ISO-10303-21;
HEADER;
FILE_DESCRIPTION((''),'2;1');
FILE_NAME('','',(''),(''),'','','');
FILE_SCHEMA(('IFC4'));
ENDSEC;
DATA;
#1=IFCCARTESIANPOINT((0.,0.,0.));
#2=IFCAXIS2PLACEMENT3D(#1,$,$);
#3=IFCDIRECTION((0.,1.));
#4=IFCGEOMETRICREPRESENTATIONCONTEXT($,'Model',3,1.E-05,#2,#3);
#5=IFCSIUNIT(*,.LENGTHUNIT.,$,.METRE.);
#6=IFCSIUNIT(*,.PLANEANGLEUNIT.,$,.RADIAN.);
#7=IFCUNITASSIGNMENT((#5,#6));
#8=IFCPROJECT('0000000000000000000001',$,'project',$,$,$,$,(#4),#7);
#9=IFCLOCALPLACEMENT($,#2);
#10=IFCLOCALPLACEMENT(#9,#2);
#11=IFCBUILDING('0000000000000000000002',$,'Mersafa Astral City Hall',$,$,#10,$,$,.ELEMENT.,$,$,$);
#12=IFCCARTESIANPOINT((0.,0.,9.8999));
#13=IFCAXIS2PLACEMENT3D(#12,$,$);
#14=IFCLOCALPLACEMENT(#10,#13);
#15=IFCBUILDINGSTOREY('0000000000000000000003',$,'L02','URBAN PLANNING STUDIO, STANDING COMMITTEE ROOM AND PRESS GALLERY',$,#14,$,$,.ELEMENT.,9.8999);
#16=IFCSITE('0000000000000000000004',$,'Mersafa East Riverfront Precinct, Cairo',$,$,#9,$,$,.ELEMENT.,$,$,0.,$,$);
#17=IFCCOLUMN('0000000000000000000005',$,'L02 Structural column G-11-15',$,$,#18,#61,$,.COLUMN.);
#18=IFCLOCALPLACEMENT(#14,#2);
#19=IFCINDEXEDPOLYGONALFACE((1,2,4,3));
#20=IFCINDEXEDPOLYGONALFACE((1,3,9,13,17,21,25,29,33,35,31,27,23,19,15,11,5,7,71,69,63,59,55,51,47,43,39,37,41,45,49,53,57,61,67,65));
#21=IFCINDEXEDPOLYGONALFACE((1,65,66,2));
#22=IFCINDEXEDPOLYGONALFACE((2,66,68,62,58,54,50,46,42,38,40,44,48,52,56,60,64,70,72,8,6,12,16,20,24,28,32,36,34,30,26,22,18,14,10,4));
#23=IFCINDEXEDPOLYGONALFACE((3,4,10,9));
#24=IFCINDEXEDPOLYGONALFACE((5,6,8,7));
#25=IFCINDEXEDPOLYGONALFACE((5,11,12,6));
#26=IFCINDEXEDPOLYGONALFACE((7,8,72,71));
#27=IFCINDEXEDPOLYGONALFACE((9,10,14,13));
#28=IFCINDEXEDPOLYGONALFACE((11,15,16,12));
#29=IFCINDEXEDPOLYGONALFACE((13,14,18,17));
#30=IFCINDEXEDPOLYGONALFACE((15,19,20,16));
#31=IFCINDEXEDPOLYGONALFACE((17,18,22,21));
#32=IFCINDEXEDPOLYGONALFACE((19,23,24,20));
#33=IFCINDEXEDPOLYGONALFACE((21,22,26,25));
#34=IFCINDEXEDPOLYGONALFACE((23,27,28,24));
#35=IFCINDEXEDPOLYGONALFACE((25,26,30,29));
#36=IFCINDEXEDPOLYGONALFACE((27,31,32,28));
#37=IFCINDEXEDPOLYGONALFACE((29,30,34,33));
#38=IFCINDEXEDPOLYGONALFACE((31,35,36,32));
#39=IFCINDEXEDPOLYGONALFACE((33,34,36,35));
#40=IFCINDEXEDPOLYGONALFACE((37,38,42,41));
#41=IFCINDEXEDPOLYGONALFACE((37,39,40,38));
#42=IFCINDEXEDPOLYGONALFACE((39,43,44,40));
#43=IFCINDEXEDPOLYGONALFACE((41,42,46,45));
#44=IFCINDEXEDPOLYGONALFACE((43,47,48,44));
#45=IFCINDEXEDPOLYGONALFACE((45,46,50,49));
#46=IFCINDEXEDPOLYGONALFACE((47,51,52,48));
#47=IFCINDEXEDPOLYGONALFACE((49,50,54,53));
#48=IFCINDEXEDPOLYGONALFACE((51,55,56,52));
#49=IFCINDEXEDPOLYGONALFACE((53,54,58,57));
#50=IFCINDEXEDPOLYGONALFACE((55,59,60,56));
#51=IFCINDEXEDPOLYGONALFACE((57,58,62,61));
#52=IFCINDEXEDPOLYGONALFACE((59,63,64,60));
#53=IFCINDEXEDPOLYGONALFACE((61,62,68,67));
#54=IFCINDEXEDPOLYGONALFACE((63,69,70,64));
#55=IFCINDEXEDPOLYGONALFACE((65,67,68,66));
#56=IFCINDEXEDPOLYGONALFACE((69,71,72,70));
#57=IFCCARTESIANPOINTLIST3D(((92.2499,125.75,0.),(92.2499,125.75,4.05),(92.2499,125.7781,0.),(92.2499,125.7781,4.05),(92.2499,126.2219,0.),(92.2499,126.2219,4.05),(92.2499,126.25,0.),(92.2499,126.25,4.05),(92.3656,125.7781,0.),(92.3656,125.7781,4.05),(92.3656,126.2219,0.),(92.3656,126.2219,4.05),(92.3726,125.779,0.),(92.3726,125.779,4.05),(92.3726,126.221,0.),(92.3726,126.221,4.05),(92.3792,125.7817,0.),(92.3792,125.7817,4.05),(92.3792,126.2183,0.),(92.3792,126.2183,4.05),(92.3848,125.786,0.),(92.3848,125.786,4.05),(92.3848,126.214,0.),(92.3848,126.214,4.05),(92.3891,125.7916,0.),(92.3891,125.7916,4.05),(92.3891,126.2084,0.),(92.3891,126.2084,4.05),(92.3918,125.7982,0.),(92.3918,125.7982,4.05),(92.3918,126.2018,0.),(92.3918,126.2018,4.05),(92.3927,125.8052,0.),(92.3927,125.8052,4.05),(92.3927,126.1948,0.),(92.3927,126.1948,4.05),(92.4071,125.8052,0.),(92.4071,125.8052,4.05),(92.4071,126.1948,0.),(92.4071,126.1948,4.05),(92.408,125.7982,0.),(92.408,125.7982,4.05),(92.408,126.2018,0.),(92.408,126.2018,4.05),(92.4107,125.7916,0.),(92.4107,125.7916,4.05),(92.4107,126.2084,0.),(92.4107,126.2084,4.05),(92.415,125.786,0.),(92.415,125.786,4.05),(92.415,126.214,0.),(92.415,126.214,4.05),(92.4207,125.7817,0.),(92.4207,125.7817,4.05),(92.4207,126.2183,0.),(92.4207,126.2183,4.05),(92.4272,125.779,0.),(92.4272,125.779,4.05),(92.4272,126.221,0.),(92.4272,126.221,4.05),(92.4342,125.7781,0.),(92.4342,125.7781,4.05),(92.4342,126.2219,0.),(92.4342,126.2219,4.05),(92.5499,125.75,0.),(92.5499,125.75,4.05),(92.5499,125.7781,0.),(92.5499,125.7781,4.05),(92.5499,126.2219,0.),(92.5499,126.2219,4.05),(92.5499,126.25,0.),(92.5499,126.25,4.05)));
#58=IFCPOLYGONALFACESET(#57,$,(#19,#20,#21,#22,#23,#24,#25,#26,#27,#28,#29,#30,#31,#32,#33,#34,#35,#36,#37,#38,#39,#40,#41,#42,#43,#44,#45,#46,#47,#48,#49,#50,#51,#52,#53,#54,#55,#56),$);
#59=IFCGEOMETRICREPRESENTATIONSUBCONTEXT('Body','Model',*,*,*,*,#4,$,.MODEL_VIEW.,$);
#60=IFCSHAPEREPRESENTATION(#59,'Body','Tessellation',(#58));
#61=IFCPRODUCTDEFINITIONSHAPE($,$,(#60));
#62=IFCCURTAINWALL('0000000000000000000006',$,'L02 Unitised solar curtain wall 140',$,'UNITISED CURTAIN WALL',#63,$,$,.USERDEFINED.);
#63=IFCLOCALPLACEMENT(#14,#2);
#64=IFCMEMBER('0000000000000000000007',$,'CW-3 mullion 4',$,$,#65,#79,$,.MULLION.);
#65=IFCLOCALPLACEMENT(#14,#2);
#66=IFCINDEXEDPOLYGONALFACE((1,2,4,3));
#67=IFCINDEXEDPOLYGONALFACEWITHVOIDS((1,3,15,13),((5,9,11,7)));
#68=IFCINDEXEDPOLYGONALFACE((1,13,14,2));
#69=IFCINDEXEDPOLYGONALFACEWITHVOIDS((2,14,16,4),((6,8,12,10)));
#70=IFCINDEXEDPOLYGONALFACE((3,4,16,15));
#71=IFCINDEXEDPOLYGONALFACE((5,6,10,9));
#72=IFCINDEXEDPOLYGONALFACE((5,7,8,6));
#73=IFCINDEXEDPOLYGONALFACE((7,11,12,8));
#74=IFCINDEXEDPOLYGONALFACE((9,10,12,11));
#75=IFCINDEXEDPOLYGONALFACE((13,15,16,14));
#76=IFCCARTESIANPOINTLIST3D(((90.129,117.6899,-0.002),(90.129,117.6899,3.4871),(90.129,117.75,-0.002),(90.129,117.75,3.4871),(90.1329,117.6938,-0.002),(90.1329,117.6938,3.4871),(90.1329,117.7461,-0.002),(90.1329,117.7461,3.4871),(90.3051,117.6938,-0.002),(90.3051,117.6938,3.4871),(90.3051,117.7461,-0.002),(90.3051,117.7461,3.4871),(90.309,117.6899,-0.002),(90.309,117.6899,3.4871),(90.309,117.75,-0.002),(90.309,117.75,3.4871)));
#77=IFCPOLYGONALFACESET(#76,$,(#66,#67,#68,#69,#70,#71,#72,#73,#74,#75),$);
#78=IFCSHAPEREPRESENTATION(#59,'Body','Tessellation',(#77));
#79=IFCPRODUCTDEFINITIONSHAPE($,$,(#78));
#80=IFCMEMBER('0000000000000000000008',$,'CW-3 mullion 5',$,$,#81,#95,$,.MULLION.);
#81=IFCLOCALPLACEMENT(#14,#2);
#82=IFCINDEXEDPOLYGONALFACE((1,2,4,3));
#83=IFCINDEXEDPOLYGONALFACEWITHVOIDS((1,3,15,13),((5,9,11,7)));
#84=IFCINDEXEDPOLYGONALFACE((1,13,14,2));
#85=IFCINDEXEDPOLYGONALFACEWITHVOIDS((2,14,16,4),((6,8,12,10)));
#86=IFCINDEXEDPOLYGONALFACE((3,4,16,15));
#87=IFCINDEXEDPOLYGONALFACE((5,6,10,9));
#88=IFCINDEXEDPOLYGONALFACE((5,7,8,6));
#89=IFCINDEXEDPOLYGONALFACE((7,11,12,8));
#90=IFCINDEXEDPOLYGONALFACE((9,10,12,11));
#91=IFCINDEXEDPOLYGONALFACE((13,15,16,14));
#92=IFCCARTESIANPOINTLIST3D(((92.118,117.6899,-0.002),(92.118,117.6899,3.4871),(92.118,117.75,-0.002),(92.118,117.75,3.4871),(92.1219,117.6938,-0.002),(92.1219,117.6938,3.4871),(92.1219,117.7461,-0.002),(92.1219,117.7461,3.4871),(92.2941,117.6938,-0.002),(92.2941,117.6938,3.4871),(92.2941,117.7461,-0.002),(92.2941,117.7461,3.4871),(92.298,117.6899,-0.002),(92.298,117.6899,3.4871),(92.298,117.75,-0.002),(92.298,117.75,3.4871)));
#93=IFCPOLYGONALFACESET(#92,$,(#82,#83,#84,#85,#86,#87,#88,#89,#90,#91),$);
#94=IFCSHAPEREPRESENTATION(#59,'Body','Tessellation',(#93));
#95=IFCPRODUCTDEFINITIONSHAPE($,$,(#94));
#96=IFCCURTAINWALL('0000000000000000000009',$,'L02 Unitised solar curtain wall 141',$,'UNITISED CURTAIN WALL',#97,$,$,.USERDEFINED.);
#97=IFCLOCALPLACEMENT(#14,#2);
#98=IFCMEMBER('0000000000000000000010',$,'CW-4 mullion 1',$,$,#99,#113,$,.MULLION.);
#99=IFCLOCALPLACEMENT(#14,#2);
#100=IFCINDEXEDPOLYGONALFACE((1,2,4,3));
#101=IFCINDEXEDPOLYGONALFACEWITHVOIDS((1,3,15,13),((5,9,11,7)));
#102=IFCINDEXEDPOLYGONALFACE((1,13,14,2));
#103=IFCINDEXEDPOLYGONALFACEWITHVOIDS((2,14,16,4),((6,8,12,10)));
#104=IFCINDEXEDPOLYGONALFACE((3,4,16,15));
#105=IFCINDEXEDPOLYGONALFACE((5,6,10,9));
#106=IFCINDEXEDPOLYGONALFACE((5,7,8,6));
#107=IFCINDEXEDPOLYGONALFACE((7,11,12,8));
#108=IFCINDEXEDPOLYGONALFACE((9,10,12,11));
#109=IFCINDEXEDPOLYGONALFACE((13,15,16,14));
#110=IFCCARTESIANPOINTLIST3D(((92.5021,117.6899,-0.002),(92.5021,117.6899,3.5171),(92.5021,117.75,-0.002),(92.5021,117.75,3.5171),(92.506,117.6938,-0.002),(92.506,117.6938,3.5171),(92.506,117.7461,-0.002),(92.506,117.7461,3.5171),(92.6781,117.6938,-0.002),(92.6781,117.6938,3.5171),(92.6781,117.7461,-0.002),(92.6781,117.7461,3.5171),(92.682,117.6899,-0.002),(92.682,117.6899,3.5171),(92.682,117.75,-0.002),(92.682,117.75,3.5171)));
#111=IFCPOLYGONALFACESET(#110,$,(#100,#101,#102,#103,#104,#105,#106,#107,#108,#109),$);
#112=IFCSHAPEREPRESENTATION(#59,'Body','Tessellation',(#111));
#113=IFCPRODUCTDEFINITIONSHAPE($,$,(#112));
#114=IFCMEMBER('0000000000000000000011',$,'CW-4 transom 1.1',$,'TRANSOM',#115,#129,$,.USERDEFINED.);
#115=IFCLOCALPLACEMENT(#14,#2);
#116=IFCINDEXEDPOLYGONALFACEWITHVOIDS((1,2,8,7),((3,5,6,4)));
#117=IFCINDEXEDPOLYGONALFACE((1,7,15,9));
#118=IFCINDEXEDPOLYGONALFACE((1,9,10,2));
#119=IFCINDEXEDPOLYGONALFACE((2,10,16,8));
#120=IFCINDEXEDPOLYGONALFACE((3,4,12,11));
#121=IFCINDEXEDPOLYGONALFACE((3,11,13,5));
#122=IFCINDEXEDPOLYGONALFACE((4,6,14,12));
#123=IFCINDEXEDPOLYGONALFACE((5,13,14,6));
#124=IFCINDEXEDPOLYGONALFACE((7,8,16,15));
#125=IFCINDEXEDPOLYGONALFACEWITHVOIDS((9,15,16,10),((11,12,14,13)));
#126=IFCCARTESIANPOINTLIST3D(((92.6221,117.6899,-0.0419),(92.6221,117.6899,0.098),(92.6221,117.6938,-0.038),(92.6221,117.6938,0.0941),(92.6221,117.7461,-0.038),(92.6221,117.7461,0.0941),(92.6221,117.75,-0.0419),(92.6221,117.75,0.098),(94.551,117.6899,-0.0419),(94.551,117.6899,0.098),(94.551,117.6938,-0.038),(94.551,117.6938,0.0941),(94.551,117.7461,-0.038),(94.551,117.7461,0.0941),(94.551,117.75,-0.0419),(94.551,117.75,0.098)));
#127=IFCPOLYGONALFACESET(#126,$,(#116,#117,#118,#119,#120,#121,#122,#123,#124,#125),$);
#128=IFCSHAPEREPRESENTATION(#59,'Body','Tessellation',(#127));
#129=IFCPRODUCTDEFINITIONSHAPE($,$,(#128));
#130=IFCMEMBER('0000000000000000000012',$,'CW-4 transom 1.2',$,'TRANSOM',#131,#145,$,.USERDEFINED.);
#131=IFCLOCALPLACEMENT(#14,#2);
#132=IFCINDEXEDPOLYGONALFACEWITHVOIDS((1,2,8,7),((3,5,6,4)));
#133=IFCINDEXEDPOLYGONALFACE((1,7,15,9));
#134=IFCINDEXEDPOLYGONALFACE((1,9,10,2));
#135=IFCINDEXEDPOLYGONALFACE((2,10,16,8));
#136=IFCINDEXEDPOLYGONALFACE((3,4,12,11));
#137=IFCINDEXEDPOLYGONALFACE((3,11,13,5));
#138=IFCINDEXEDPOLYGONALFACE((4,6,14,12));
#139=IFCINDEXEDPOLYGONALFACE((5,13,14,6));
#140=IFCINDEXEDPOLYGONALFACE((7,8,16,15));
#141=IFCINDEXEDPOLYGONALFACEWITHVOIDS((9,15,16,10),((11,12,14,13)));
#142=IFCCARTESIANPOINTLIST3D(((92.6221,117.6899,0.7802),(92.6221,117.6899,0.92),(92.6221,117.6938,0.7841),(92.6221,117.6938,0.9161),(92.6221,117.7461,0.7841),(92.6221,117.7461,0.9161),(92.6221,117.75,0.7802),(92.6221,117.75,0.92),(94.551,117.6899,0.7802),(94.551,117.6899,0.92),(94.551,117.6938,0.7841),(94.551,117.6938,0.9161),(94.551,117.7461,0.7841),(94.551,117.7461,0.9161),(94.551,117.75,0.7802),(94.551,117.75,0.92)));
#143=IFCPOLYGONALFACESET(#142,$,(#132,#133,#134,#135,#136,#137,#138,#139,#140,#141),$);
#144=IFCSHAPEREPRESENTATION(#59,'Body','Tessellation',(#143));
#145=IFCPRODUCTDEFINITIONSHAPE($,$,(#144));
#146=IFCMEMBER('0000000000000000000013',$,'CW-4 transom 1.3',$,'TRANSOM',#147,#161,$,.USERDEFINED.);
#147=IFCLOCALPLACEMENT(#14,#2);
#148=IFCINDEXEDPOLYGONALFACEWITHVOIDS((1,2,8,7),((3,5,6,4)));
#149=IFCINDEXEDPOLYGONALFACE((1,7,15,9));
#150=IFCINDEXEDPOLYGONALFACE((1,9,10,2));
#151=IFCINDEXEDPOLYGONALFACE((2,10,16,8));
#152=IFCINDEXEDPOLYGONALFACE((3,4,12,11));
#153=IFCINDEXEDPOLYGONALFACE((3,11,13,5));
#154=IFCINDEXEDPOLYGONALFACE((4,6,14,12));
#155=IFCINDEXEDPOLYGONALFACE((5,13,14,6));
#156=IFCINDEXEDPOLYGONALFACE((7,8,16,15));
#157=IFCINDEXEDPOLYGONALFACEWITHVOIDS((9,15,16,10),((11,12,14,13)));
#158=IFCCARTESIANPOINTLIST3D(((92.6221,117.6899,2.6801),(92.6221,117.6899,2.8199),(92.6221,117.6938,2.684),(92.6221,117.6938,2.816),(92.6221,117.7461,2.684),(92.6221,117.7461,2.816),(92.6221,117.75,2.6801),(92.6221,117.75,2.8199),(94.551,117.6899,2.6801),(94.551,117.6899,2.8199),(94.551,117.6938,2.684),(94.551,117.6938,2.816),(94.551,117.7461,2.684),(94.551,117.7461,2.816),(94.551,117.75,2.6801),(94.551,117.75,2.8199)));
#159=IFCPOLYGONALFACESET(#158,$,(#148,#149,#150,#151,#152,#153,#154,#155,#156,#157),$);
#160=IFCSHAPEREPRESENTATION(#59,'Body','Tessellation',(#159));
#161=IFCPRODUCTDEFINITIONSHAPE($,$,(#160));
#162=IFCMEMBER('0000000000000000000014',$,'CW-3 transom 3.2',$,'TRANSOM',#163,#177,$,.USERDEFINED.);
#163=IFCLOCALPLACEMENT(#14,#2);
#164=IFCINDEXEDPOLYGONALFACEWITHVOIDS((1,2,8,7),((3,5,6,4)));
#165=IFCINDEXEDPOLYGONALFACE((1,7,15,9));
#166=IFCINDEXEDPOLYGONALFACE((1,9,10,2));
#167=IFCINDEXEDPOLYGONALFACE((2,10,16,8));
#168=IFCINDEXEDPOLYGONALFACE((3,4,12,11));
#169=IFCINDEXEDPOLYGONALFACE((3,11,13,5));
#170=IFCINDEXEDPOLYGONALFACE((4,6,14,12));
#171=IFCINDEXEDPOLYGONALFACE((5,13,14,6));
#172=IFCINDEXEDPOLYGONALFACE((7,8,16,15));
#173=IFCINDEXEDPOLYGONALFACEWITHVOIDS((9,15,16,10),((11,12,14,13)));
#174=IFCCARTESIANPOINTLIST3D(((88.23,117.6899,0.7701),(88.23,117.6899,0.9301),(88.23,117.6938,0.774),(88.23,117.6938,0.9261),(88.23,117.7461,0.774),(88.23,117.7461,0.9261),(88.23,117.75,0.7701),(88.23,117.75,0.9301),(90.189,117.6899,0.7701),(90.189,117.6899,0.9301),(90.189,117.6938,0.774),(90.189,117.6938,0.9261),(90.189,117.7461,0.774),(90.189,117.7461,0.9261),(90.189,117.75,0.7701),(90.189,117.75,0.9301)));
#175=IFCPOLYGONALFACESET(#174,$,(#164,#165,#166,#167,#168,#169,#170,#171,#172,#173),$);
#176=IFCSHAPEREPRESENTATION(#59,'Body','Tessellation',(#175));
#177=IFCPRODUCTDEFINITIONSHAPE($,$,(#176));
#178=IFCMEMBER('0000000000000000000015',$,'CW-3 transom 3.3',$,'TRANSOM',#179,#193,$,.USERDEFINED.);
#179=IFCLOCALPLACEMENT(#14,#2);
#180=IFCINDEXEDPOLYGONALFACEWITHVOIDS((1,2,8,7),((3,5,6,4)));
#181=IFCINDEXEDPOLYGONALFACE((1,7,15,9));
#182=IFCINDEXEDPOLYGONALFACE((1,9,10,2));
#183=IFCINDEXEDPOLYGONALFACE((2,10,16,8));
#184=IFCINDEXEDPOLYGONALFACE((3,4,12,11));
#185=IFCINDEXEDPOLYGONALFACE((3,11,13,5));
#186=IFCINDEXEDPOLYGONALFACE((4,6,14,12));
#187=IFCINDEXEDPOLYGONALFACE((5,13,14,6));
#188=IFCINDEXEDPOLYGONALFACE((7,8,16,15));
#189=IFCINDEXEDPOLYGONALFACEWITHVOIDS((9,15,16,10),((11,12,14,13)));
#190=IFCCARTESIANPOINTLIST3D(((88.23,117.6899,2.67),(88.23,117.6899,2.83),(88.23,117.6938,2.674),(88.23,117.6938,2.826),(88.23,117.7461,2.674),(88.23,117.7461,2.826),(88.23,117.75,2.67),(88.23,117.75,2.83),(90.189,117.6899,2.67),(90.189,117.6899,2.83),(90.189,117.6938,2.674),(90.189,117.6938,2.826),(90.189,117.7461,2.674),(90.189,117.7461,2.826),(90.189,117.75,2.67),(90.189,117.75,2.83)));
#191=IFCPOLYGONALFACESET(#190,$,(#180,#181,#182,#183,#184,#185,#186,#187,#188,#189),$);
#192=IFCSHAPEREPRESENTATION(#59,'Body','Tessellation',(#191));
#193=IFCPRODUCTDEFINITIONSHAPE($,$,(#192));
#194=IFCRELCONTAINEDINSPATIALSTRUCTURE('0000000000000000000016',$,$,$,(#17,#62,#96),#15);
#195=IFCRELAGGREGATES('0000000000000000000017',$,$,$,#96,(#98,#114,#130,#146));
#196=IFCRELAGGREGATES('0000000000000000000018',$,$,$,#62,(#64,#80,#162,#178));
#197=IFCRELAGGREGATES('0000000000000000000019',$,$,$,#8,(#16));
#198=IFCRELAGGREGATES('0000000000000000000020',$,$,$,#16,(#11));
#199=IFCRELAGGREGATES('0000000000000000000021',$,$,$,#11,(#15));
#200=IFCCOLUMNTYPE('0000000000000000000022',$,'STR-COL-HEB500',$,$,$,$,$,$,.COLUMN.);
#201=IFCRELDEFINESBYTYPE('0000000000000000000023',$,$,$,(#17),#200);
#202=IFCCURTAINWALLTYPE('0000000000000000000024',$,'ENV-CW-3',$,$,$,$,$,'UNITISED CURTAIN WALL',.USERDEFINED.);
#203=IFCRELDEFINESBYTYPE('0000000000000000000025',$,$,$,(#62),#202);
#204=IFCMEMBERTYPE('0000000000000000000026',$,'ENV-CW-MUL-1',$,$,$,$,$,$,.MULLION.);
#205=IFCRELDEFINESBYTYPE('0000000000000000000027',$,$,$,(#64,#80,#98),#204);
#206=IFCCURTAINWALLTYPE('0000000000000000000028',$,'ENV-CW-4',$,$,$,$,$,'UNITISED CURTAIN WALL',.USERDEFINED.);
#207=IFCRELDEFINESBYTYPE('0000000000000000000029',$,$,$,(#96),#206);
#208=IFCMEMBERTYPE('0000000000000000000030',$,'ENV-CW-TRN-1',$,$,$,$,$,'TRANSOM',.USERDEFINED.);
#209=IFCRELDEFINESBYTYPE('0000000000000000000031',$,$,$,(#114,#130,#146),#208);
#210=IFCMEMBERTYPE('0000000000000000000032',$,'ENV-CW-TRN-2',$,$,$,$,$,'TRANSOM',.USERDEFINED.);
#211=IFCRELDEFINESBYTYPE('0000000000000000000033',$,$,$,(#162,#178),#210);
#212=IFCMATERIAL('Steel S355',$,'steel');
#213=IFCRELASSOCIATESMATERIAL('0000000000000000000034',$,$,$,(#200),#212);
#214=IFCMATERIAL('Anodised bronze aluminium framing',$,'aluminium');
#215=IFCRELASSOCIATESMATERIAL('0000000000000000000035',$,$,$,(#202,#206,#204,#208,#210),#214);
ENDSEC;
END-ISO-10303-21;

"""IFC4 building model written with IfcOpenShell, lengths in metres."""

from ifc_helpers import new_model, si_unit, direction, frame, origin, origin_2d, place, context, subcontext, project, spatial, hollow_rectangle, i_section, extrude, material, material_profile, profile_set, type_object, element, aggregate, save


model = new_model("IFC4")

# Units and contexts
model_context = context("Model", 3, precision=1e-05, world=origin(), true_north=direction((0.0, 1.0)))
body_context = subcontext(model_context, "Body", "Model", "MODEL_VIEW")
ifc_project = project(units=[si_unit("LENGTHUNIT", "METRE"), si_unit("PLANEANGLEUNIT", "RADIAN")], contexts=[model_context])

# Site, building, storey
site_placement = place(None, origin())
site = spatial("IfcSite", under=ifc_project, at=site_placement, Name="Mersafa East Riverfront Precinct, Cairo", CompositionType="ELEMENT", RefElevation=0.0)
building_placement = place(site_placement, origin())
building = spatial("IfcBuilding", under=site, at=building_placement, Name="Mersafa Astral City Hall", CompositionType="ELEMENT")
storey_placement = place(building_placement, frame((0.0, 0.0, 9.8999)))
storey = spatial("IfcBuildingStorey", under=building, at=storey_placement, Name="L02", Description="URBAN PLANNING STUDIO, STANDING COMMITTEE ROOM AND PRESS GALLERY", CompositionType="ELEMENT", Elevation=9.8999)

# Column
ifc_material_1 = material(Name="Steel S355", Category="steel")
ifc_material_profile_1 = material_profile(ifc_material_1, i_section(OverallWidth=0.3, OverallDepth=0.5, WebThickness=0.0144, FlangeThickness=0.0281, FilletRadius=0.0271, at=origin_2d()), Name="HEB 500")
ifc_profile_set_1 = profile_set([ifc_material_profile_1], Name="Steel S355")
column_type = type_object("IfcColumnType", Name="STR-COL-HEB500", PredefinedType="COLUMN", material=ifc_profile_set_1)
column_placement = place(storey_placement, frame((92.3999, 126.0, 0.0), z_axis=(0.0, 0.0, 1.0), x_axis=(1.0, 0.0, 0.0)))
element("IfcColumn", 1, at=column_placement, inside=storey, type_object=column_type, Name="L02 Structural column G-11-15", PredefinedType="COLUMN", context=body_context, shape_type="SweptSolid", body=[
    extrude(i_section(OverallWidth=0.3, OverallDepth=0.5, WebThickness=0.0144, FlangeThickness=0.0281, FilletRadius=0.0271, at=origin_2d()), origin(), (0.0, 0.0, 1.0), 4.05),
])

# Curtain walls, members
ifc_material_2 = material(Name="Anodised bronze aluminium framing", Category="aluminium")
curtain_wall_type_1 = type_object("IfcCurtainWallType", Name="ENV-CW-3", ElementType="UNITISED CURTAIN WALL", PredefinedType="USERDEFINED", material=ifc_material_2)
curtain_wall_1_placement = place(storey_placement, origin())
curtain_wall_1 = element("IfcCurtainWall", 2, at=curtain_wall_1_placement, inside=storey, type_object=curtain_wall_type_1, Name="L02 Unitised solar curtain wall 140", ObjectType="UNITISED CURTAIN WALL", PredefinedType="USERDEFINED")
ifc_material_profile_2 = material_profile(ifc_material_2, hollow_rectangle(XDim=0.0601, YDim=0.1799, WallThickness=0.0039, at=origin_2d()), Name="RHS 60x180x4")
ifc_profile_set_2 = profile_set([ifc_material_profile_2], Name="Anodised bronze aluminium framing")
member_type_1 = type_object("IfcMemberType", Name="ENV-CW-MUL-1", PredefinedType="MULLION", material=ifc_profile_set_2)
member_1_placement = place(storey_placement, frame((90.219, 117.72, -0.002), z_axis=(0.0, 0.0, 1.0), x_axis=(0.0, 1.0, 0.0)))
member_1 = element("IfcMember", 3, at=member_1_placement, type_object=member_type_1, Name="CW-3 mullion 4", PredefinedType="MULLION", context=body_context, shape_type="SweptSolid", body=[
    extrude(hollow_rectangle(XDim=0.0601, YDim=0.1799, WallThickness=0.0039, at=origin_2d()), origin(), (0.0, 0.0, 1.0), 3.489),
])
member_2_placement = place(storey_placement, frame((92.208, 117.72, -0.002), z_axis=(0.0, 0.0, 1.0), x_axis=(0.0, 1.0, 0.0)))
member_2 = element("IfcMember", 4, at=member_2_placement, type_object=member_type_1, Name="CW-3 mullion 5", PredefinedType="MULLION", context=body_context, shape_type="SweptSolid", body=[
    extrude(hollow_rectangle(XDim=0.0601, YDim=0.1799, WallThickness=0.0039, at=origin_2d()), origin(), (0.0, 0.0, 1.0), 3.489),
])
curtain_wall_type_2 = type_object("IfcCurtainWallType", Name="ENV-CW-4", ElementType="UNITISED CURTAIN WALL", PredefinedType="USERDEFINED", material=ifc_material_2)
curtain_wall_2_placement = place(storey_placement, origin())
curtain_wall_2 = element("IfcCurtainWall", 5, at=curtain_wall_2_placement, inside=storey, type_object=curtain_wall_type_2, Name="L02 Unitised solar curtain wall 141", ObjectType="UNITISED CURTAIN WALL", PredefinedType="USERDEFINED")
member_3_placement = place(storey_placement, frame((92.592, 117.72, -0.002), z_axis=(0.0, 0.0, 1.0), x_axis=(0.0, 1.0, 0.0)))
member_3 = element("IfcMember", 6, at=member_3_placement, type_object=member_type_1, Name="CW-4 mullion 1", PredefinedType="MULLION", context=body_context, shape_type="SweptSolid", body=[
    extrude(hollow_rectangle(XDim=0.0601, YDim=0.1799, WallThickness=0.0039, at=origin_2d()), origin(), (0.0, 0.0, 1.0), 3.519),
])
ifc_material_profile_3 = material_profile(ifc_material_2, hollow_rectangle(XDim=0.0601, YDim=0.1399, WallThickness=0.0039, at=origin_2d()), Name="RHS 60x140x4")
ifc_profile_set_3 = profile_set([ifc_material_profile_3], Name="Anodised bronze aluminium framing")
member_type_2 = type_object("IfcMemberType", Name="ENV-CW-TRN-1", ElementType="TRANSOM", PredefinedType="USERDEFINED", material=ifc_profile_set_3)
member_4_placement = place(storey_placement, frame((92.6221, 117.72, 0.0281), z_axis=(1.0, 0.0, 0.0), x_axis=(0.0, 1.0, 0.0)))
member_4 = element("IfcMember", 7, at=member_4_placement, type_object=member_type_2, Name="CW-4 transom 1.1", ObjectType="TRANSOM", PredefinedType="USERDEFINED", context=body_context, shape_type="SweptSolid", body=[
    extrude(hollow_rectangle(XDim=0.0601, YDim=0.1399, WallThickness=0.0039, at=origin_2d()), origin(), (0.0, 0.0, 1.0), 1.929),
])
member_5_placement = place(storey_placement, frame((92.6221, 117.72, 0.8501), z_axis=(1.0, 0.0, 0.0), x_axis=(0.0, 1.0, 0.0)))
member_5 = element("IfcMember", 8, at=member_5_placement, type_object=member_type_2, Name="CW-4 transom 1.2", ObjectType="TRANSOM", PredefinedType="USERDEFINED", context=body_context, shape_type="SweptSolid", body=[
    extrude(hollow_rectangle(XDim=0.0601, YDim=0.1399, WallThickness=0.0039, at=origin_2d()), origin(), (0.0, 0.0, 1.0), 1.929),
])
member_6_placement = place(storey_placement, frame((92.6221, 117.72, 2.75), z_axis=(1.0, 0.0, 0.0), x_axis=(0.0, 1.0, 0.0)))
member_6 = element("IfcMember", 9, at=member_6_placement, type_object=member_type_2, Name="CW-4 transom 1.3", ObjectType="TRANSOM", PredefinedType="USERDEFINED", context=body_context, shape_type="SweptSolid", body=[
    extrude(hollow_rectangle(XDim=0.0601, YDim=0.1399, WallThickness=0.0039, at=origin_2d()), origin(), (0.0, 0.0, 1.0), 1.929),
])
aggregate(curtain_wall_2, [member_3, member_4, member_5, member_6])

# Members
ifc_material_profile_4 = material_profile(ifc_material_2, hollow_rectangle(XDim=0.0601, YDim=0.1599, WallThickness=0.0039, at=origin_2d()), Name="RHS 60x160x4")
ifc_profile_set_4 = profile_set([ifc_material_profile_4], Name="Anodised bronze aluminium framing")
member_type_3 = type_object("IfcMemberType", Name="ENV-CW-TRN-2", ElementType="TRANSOM", PredefinedType="USERDEFINED", material=ifc_profile_set_4)
member_7_placement = place(storey_placement, frame((88.23, 117.72, 0.8501), z_axis=(1.0, 0.0, 0.0), x_axis=(0.0, 1.0, 0.0)))
member_7 = element("IfcMember", 10, at=member_7_placement, type_object=member_type_3, Name="CW-3 transom 3.2", ObjectType="TRANSOM", PredefinedType="USERDEFINED", context=body_context, shape_type="SweptSolid", body=[
    extrude(hollow_rectangle(XDim=0.0601, YDim=0.1599, WallThickness=0.0039, at=origin_2d()), origin(), (0.0, 0.0, 1.0), 1.959),
])
member_8_placement = place(storey_placement, frame((88.23, 117.72, 2.75), z_axis=(1.0, 0.0, 0.0), x_axis=(0.0, 1.0, 0.0)))
member_8 = element("IfcMember", 11, at=member_8_placement, type_object=member_type_3, Name="CW-3 transom 3.3", ObjectType="TRANSOM", PredefinedType="USERDEFINED", context=body_context, shape_type="SweptSolid", body=[
    extrude(hollow_rectangle(XDim=0.0601, YDim=0.1599, WallThickness=0.0039, at=origin_2d()), origin(), (0.0, 0.0, 1.0), 1.959),
])

aggregate(curtain_wall_1, [member_1, member_2, member_7, member_8])

save(model, "model.ifc")
